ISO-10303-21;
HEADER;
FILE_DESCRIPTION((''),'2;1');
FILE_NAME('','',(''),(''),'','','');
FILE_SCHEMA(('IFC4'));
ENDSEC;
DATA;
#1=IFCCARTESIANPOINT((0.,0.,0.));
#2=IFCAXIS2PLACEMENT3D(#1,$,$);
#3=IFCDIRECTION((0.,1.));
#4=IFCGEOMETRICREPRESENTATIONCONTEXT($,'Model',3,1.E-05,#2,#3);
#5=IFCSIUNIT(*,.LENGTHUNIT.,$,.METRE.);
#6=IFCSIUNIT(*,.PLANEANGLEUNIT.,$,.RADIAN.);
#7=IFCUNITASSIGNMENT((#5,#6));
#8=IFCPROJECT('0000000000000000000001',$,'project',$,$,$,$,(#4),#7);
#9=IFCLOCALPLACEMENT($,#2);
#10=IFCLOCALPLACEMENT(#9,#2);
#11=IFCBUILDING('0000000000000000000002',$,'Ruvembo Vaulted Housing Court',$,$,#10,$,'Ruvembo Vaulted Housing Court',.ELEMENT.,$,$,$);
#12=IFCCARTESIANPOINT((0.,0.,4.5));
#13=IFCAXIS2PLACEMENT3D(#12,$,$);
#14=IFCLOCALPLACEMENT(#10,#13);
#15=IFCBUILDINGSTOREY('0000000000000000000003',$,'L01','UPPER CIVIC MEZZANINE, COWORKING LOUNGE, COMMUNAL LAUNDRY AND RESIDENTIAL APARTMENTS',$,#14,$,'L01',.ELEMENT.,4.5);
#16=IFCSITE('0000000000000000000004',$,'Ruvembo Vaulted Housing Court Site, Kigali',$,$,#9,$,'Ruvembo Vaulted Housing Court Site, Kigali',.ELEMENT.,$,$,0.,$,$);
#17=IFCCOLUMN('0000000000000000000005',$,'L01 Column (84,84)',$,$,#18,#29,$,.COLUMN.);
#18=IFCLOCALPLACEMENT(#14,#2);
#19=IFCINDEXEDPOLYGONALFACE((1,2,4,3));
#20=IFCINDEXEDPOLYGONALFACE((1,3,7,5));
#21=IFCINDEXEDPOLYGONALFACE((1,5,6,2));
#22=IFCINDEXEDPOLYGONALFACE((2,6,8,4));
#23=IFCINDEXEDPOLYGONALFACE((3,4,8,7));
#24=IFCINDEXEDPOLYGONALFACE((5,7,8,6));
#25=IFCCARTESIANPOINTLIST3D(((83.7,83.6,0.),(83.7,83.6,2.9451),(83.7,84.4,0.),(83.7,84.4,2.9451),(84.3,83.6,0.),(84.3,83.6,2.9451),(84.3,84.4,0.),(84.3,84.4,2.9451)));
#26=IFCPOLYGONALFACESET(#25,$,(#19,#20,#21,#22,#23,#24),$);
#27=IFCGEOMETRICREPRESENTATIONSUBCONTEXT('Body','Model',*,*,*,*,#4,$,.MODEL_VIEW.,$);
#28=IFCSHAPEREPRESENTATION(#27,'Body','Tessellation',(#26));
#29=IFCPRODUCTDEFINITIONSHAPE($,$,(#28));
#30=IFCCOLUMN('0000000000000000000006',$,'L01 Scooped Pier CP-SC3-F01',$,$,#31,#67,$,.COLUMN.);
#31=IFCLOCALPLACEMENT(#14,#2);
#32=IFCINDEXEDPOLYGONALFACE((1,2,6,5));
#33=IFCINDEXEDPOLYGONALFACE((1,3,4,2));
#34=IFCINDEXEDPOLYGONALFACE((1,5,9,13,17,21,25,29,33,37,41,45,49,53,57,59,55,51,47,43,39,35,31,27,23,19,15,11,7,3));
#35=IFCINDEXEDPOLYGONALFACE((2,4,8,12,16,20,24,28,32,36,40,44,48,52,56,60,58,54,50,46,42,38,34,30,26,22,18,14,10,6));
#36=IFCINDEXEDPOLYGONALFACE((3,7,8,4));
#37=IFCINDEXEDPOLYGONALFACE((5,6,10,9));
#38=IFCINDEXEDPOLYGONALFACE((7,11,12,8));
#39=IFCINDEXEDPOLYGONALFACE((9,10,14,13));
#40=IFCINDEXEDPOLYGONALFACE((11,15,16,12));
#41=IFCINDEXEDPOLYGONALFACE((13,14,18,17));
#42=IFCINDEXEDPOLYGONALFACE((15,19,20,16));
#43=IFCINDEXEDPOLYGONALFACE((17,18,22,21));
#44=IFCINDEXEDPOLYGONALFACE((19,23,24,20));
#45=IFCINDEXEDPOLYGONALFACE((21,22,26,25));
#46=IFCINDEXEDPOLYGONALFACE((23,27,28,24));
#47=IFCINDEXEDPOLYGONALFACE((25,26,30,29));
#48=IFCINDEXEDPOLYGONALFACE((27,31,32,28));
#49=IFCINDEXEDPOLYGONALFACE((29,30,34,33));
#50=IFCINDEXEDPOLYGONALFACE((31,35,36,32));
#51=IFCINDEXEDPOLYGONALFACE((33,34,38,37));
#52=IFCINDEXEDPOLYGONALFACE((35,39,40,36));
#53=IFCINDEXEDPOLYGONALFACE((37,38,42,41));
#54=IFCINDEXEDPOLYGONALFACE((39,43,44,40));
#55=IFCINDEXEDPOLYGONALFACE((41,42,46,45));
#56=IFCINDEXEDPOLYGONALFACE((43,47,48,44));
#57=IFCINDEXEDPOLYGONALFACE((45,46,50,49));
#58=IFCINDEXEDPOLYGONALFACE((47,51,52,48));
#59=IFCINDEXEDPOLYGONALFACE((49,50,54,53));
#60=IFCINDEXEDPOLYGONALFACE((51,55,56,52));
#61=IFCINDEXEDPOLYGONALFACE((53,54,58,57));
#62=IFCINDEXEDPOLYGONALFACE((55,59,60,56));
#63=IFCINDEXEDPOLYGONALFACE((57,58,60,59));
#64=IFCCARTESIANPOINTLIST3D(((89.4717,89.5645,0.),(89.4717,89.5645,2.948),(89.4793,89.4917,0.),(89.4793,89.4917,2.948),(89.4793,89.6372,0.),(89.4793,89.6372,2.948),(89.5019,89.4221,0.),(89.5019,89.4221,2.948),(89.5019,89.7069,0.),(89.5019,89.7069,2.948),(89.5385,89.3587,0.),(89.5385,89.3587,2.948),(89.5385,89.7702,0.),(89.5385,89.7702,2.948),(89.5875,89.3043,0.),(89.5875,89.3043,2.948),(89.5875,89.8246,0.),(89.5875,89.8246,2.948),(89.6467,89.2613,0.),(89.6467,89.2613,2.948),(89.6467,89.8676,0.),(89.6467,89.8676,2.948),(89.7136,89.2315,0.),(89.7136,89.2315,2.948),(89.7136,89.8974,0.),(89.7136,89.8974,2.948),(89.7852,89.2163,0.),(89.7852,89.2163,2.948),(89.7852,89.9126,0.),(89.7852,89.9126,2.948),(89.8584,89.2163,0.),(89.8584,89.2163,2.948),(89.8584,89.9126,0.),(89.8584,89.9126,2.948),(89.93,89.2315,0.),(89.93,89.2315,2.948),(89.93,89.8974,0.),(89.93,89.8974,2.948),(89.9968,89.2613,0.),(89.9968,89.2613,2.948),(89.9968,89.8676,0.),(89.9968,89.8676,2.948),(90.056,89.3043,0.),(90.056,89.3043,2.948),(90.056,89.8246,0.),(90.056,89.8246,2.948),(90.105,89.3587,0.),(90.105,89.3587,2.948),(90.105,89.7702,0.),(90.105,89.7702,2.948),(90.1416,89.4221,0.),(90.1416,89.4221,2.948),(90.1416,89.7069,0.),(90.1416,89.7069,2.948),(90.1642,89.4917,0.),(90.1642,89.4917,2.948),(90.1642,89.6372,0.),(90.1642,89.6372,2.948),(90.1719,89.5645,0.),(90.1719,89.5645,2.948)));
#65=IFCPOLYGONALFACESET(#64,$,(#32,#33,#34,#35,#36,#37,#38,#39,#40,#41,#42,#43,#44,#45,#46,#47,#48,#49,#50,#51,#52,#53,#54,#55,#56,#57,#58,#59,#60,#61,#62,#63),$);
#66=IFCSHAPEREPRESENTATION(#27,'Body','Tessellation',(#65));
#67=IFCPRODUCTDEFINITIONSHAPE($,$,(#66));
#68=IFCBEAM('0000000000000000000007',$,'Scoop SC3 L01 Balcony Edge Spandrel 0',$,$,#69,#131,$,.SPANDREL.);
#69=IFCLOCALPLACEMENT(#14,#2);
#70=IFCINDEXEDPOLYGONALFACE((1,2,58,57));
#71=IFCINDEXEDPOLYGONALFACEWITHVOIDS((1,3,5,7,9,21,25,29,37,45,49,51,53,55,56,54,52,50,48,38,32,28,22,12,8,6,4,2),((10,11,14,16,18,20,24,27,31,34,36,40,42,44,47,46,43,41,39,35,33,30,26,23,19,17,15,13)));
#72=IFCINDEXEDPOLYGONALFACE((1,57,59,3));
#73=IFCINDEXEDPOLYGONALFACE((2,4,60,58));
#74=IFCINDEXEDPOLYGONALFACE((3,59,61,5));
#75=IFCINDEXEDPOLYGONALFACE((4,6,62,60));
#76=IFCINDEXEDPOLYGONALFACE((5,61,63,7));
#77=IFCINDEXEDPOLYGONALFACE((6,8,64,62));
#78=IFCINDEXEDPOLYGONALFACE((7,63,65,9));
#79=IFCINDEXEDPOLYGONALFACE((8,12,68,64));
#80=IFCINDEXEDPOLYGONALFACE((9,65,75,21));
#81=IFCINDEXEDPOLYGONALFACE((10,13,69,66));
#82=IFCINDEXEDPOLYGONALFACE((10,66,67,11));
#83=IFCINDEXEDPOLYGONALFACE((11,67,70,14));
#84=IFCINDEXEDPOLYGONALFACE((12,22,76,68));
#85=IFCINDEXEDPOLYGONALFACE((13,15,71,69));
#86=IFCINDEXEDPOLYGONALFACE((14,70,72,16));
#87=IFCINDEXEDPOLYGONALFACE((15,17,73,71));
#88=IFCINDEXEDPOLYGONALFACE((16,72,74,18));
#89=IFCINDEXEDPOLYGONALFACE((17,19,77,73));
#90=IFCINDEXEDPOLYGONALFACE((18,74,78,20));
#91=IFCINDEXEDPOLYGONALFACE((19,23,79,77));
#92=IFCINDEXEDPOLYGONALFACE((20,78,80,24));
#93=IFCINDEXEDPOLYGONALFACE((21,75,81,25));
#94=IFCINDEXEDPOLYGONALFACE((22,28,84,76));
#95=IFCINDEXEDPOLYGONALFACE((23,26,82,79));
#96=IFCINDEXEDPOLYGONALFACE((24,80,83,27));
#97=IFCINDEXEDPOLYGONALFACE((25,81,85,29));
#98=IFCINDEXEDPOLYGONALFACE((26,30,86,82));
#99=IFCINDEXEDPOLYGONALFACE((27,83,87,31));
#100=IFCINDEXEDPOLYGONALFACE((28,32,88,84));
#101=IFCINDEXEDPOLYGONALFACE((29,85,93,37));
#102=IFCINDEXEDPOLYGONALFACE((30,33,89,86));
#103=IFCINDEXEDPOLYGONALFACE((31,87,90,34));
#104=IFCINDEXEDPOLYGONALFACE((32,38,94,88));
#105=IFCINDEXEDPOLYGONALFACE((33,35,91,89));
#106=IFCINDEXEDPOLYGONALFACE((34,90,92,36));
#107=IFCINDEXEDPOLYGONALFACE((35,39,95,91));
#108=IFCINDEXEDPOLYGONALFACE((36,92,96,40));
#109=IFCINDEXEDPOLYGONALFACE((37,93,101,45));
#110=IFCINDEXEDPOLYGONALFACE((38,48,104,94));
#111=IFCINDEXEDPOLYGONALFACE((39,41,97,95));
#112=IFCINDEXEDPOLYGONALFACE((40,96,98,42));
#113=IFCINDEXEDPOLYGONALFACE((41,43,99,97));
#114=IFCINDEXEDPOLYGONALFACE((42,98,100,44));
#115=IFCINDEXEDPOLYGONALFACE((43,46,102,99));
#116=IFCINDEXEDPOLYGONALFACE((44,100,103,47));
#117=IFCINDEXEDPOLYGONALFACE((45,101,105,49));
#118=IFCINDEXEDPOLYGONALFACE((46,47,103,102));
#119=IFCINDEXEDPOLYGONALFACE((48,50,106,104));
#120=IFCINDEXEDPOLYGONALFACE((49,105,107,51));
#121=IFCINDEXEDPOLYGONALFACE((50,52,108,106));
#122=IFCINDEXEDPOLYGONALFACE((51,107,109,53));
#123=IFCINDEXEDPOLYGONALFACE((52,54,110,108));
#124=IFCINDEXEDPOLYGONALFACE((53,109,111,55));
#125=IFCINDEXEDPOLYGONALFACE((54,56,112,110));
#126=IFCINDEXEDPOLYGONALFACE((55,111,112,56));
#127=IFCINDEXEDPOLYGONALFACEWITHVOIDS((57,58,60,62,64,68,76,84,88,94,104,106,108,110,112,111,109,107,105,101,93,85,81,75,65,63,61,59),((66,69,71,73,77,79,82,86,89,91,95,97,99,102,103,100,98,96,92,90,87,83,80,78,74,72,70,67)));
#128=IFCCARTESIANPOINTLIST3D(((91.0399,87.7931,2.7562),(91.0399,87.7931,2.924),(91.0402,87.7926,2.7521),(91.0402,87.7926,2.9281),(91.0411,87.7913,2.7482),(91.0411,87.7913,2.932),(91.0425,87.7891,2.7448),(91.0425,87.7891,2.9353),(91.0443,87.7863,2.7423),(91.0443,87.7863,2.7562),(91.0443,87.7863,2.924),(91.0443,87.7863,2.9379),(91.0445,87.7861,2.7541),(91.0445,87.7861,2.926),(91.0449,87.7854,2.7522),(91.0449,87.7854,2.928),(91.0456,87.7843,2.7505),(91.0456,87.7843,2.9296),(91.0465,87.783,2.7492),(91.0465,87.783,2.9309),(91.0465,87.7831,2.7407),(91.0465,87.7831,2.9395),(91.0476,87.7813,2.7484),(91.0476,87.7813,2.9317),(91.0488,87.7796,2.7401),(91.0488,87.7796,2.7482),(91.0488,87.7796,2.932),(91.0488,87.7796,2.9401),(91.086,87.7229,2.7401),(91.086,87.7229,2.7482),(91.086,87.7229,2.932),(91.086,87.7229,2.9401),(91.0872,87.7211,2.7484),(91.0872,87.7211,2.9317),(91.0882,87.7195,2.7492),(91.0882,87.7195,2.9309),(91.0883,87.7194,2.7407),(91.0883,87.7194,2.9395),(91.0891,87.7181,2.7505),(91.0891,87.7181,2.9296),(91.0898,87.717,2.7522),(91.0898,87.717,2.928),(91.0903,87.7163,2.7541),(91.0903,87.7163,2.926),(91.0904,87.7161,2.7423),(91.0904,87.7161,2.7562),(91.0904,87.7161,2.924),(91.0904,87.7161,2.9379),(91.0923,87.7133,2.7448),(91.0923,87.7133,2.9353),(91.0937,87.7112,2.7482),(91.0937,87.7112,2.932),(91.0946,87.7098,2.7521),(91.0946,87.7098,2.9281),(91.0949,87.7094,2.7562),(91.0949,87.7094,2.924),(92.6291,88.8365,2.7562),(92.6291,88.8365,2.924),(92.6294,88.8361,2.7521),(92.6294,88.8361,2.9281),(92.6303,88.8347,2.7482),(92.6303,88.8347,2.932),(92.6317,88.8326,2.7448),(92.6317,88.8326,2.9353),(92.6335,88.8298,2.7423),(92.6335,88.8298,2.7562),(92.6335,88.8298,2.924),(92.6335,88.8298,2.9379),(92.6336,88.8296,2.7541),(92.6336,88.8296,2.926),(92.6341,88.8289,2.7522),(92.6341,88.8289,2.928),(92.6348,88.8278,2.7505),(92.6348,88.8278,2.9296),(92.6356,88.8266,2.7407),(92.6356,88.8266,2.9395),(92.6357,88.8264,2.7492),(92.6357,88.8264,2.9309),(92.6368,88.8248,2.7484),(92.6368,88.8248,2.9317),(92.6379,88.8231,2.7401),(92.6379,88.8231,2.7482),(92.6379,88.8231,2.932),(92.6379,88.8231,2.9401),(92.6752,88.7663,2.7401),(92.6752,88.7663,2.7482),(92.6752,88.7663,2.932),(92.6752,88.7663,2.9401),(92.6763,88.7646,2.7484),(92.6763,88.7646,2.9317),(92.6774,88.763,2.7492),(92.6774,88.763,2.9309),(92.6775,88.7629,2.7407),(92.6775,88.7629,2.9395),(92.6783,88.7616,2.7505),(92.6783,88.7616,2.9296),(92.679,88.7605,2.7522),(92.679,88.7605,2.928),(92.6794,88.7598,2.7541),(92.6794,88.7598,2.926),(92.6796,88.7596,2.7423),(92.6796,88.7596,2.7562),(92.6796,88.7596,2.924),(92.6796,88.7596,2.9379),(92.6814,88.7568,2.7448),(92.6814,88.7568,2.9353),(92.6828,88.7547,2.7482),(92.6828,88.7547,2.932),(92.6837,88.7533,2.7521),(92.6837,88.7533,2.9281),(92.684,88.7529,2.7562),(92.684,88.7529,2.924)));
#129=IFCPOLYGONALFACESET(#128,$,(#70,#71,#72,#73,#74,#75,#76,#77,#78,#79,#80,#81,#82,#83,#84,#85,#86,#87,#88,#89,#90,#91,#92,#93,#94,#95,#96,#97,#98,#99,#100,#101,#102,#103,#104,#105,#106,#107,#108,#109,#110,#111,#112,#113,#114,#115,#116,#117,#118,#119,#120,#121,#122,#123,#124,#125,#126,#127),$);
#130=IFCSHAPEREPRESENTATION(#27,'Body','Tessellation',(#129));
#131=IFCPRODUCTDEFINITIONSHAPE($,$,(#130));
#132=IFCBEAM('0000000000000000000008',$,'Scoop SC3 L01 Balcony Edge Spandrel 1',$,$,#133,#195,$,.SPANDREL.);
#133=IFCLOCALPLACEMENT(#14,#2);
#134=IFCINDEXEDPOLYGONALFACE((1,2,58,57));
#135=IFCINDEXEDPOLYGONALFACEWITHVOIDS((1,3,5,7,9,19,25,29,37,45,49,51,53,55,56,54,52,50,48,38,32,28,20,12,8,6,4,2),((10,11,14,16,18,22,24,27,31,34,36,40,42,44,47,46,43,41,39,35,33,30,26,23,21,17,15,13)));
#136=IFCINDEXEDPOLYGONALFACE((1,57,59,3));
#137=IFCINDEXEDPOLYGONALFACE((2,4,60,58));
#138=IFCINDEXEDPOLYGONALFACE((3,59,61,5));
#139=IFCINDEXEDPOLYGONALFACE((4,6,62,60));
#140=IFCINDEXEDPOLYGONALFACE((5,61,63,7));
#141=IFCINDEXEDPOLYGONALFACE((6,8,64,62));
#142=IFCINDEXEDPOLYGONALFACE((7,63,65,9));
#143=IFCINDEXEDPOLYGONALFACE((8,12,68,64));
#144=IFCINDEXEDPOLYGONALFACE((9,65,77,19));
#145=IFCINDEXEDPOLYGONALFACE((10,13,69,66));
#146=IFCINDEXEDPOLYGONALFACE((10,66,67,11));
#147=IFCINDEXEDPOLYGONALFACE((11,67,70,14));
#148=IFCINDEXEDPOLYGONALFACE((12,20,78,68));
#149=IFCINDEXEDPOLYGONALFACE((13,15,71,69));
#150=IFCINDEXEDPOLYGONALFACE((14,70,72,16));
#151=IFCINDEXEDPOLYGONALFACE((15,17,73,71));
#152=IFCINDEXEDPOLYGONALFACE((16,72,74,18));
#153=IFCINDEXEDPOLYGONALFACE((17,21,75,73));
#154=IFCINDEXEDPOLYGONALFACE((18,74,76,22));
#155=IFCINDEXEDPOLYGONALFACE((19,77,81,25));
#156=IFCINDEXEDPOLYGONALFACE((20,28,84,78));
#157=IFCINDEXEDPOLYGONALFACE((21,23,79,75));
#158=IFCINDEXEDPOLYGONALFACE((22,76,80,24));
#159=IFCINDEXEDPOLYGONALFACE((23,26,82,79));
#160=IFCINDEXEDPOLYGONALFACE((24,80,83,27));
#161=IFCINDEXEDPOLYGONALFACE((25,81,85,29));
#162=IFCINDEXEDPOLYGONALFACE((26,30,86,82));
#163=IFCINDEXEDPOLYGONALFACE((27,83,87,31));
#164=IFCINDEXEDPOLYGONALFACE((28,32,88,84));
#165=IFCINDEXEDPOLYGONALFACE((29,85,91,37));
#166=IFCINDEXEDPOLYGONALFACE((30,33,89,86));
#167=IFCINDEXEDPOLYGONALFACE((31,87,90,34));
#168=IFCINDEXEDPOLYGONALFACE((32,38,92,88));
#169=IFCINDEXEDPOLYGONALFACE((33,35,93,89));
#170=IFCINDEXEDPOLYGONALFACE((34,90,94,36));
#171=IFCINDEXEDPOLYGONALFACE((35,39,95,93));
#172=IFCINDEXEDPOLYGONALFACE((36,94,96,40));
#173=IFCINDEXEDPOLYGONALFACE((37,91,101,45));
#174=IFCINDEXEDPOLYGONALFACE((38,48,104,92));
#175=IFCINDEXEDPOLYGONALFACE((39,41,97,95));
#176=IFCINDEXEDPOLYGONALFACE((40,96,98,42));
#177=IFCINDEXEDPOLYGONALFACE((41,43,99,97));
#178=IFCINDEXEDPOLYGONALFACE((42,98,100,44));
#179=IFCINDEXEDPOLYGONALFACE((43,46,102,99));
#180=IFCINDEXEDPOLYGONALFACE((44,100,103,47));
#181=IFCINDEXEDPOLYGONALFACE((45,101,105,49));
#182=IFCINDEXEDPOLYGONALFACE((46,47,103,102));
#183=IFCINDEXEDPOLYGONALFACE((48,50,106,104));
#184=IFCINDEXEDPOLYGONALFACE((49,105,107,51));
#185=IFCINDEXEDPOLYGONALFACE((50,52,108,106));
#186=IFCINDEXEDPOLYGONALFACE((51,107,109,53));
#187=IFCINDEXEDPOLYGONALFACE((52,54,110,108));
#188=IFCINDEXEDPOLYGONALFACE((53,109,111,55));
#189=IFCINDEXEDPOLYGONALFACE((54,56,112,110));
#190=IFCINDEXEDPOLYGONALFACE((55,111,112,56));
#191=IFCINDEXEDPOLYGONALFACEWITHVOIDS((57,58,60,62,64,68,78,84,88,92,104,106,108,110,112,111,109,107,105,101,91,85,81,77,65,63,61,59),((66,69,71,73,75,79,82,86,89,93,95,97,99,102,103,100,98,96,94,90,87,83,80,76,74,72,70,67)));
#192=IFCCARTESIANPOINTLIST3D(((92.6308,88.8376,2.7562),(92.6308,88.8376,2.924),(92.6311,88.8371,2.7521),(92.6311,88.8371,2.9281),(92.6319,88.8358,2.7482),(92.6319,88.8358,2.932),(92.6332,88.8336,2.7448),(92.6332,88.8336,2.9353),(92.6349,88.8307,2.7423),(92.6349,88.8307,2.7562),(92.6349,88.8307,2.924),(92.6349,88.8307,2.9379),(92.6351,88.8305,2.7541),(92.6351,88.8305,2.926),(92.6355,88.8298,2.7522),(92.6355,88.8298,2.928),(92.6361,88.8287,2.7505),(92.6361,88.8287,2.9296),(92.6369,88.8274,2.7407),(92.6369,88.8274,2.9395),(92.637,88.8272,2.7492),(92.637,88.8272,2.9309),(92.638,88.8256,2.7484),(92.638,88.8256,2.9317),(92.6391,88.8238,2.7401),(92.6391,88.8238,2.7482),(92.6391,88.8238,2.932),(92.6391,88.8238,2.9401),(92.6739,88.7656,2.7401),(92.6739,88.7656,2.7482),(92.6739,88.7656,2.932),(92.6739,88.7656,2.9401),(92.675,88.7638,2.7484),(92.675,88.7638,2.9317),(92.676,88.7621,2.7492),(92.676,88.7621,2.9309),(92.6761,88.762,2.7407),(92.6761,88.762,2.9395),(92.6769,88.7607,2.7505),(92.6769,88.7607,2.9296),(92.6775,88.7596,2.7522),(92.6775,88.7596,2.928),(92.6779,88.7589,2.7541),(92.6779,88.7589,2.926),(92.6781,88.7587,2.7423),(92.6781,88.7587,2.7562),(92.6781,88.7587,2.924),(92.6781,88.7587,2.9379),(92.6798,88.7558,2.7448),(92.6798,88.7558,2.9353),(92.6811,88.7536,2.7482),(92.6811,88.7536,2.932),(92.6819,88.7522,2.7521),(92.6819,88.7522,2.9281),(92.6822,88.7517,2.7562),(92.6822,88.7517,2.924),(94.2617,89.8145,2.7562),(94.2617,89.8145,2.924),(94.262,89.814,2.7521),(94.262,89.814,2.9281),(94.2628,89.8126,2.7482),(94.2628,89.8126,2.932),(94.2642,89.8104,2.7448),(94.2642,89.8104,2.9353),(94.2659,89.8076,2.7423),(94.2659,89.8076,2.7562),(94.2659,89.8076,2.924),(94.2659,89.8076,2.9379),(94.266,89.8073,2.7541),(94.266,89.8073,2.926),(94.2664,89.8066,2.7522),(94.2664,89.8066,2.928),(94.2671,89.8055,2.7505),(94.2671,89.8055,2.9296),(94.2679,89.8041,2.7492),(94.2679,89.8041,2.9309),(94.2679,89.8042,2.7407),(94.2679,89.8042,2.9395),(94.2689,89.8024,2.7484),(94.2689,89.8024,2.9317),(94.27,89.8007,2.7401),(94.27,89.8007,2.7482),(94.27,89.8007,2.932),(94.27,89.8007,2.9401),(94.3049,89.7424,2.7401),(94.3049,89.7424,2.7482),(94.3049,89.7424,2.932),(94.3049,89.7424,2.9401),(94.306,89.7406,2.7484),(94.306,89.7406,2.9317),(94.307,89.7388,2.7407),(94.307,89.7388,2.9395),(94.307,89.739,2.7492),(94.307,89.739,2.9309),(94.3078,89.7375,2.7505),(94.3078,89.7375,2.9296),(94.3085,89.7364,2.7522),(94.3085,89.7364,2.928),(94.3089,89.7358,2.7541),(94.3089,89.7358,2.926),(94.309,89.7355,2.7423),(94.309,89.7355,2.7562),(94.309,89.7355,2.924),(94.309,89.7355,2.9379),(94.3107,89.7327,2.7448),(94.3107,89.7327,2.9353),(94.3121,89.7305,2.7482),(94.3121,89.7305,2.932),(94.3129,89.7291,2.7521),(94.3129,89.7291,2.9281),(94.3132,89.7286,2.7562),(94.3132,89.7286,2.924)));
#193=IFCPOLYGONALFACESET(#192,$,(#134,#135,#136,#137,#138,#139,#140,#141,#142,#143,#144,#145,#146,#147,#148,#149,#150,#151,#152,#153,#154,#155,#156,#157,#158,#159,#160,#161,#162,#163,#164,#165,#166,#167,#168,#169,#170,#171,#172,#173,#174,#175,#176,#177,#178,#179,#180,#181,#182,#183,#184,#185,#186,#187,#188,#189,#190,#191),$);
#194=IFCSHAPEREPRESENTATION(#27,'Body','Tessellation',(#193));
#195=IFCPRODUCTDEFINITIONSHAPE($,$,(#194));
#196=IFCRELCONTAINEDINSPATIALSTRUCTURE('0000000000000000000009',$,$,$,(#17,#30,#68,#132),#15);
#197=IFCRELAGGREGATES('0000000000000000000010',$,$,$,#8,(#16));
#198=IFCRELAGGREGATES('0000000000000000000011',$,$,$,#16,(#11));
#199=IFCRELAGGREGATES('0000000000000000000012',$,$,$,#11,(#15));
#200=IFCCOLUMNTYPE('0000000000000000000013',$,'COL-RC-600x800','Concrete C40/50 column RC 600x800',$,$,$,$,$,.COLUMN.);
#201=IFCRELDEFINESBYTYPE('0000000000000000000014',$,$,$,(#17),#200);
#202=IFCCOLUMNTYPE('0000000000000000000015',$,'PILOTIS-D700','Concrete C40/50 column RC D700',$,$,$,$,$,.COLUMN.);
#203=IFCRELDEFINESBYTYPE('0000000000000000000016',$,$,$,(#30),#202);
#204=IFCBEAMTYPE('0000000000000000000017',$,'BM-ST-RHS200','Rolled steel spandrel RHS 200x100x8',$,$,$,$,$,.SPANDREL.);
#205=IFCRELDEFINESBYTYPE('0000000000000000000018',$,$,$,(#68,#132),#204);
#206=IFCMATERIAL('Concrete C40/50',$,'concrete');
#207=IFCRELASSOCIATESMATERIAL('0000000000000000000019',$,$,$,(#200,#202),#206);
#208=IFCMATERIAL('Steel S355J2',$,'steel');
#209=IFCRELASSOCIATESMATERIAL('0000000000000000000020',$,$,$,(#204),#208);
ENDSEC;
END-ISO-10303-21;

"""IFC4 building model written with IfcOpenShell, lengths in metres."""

from ifc_helpers import new_model, si_unit, direction, frame, origin, origin_2d, place, context, subcontext, project, spatial, rectangle, hollow_rectangle, circle, extrude, material, material_profile, profile_set, type_object, element, save


model = new_model("IFC4")

# Units and contexts
model_context = context("Model", 3, precision=1e-05, world=origin(), true_north=direction((0.0, 1.0)))
body_context = subcontext(model_context, "Body", "Model", "MODEL_VIEW")
ifc_project = project(units=[si_unit("LENGTHUNIT", "METRE"), si_unit("PLANEANGLEUNIT", "RADIAN")], contexts=[model_context])

# Site, building, storey
site_placement = place(None, origin())
site = spatial("IfcSite", under=ifc_project, at=site_placement, Name="Ruvembo Vaulted Housing Court Site, Kigali", LongName="Ruvembo Vaulted Housing Court Site, Kigali", CompositionType="ELEMENT", RefElevation=0.0)
building_placement = place(site_placement, origin())
building = spatial("IfcBuilding", under=site, at=building_placement, Name="Ruvembo Vaulted Housing Court", LongName="Ruvembo Vaulted Housing Court", CompositionType="ELEMENT")
storey_placement = place(building_placement, frame((0.0, 0.0, 4.5)))
storey = spatial("IfcBuildingStorey", under=building, at=storey_placement, Name="L01", Description="UPPER CIVIC MEZZANINE, COWORKING LOUNGE, COMMUNAL LAUNDRY AND RESIDENTIAL APARTMENTS", LongName="L01", CompositionType="ELEMENT", Elevation=4.5)

# Columns
ifc_material_1 = material(Name="Concrete C40/50", Category="concrete")
ifc_material_profile_1 = material_profile(ifc_material_1, rectangle(XDim=0.6001, YDim=0.8, at=origin_2d()), Name="RC 600x800")
ifc_profile_set_1 = profile_set([ifc_material_profile_1], Name="Concrete C40/50")
column_type_1 = type_object("IfcColumnType", Name="COL-RC-600x800", Description="Concrete C40/50 column RC 600x800", PredefinedType="COLUMN", material=ifc_profile_set_1)
column_1_placement = place(storey_placement, frame((84.0, 84.0, 0.0), z_axis=(0.0, 0.0, 1.0), x_axis=(1.0, 0.0, 0.0)))
element("IfcColumn", 1, at=column_1_placement, inside=storey, type_object=column_type_1, Name="L01 Column (84,84)", PredefinedType="COLUMN", context=body_context, shape_type="SweptSolid", body=[
    extrude(rectangle(XDim=0.6001, YDim=0.8, at=origin_2d()), origin(), (0.0, 0.0, 1.0), 2.9451),
])
ifc_material_profile_2 = material_profile(ifc_material_1, circle(Radius=0.3501, at=origin_2d()), Name="RC D700")
ifc_profile_set_2 = profile_set([ifc_material_profile_2], Name="Concrete C40/50")
column_type_2 = type_object("IfcColumnType", Name="PILOTIS-D700", Description="Concrete C40/50 column RC D700", PredefinedType="COLUMN", material=ifc_profile_set_2)
column_2_placement = place(storey_placement, frame((89.8218, 89.5645, 0.0), z_axis=(0.0, 0.0, 1.0), x_axis=(1.0, 0.0, 0.0)))
element("IfcColumn", 2, at=column_2_placement, inside=storey, type_object=column_type_2, Name="L01 Scooped Pier CP-SC3-F01", PredefinedType="COLUMN", context=body_context, shape_type="SweptSolid", body=[
    extrude(circle(Radius=0.3501, at=origin_2d()), origin(), (0.0, 0.0, 1.0), 2.948),
])

# Beams
ifc_material_2 = material(Name="Steel S355J2", Category="steel")
ifc_material_profile_3 = material_profile(ifc_material_2, hollow_rectangle(XDim=0.1001, YDim=0.2, WallThickness=0.0081, InnerFilletRadius=0.0081, OuterFilletRadius=0.0161, at=origin_2d()), Name="RHS 200x100x8")
ifc_profile_set_3 = profile_set([ifc_material_profile_3], Name="Steel S355J2")
beam_type_1 = type_object("IfcBeamType", Name="BM-ST-RHS200", Description="Rolled steel spandrel RHS 200x100x8", PredefinedType="SPANDREL", material=ifc_profile_set_3)
for number, where, z_axis, x_axis, name in (
    (3, (91.0674, 87.7512, 2.8401), (0.835902, 0.548878, 0.0), (-0.548878, 0.835902, 0.0), "Scoop SC3 L01 Balcony Edge Spandrel 0"),
    (4, (92.6565, 88.7947, 2.8401), (0.857889, 0.513835, 0.0), (-0.513835, 0.857889, 0.0), "Scoop SC3 L01 Balcony Edge Spandrel 1"),
):
    element("IfcBeam", number, at=place(storey_placement, frame(where, z_axis=z_axis, x_axis=x_axis)), inside=storey, type_object=beam_type_1, Name=name, PredefinedType="SPANDREL", context=body_context, shape_type="SweptSolid", body=[
        extrude(hollow_rectangle(XDim=0.1001, YDim=0.2, WallThickness=0.0081, InnerFilletRadius=0.0081, OuterFilletRadius=0.0161, at=origin_2d()), origin(), (0.0, 0.0, 1.0), 1.9011),
    ])

save(model, "model.ifc")
